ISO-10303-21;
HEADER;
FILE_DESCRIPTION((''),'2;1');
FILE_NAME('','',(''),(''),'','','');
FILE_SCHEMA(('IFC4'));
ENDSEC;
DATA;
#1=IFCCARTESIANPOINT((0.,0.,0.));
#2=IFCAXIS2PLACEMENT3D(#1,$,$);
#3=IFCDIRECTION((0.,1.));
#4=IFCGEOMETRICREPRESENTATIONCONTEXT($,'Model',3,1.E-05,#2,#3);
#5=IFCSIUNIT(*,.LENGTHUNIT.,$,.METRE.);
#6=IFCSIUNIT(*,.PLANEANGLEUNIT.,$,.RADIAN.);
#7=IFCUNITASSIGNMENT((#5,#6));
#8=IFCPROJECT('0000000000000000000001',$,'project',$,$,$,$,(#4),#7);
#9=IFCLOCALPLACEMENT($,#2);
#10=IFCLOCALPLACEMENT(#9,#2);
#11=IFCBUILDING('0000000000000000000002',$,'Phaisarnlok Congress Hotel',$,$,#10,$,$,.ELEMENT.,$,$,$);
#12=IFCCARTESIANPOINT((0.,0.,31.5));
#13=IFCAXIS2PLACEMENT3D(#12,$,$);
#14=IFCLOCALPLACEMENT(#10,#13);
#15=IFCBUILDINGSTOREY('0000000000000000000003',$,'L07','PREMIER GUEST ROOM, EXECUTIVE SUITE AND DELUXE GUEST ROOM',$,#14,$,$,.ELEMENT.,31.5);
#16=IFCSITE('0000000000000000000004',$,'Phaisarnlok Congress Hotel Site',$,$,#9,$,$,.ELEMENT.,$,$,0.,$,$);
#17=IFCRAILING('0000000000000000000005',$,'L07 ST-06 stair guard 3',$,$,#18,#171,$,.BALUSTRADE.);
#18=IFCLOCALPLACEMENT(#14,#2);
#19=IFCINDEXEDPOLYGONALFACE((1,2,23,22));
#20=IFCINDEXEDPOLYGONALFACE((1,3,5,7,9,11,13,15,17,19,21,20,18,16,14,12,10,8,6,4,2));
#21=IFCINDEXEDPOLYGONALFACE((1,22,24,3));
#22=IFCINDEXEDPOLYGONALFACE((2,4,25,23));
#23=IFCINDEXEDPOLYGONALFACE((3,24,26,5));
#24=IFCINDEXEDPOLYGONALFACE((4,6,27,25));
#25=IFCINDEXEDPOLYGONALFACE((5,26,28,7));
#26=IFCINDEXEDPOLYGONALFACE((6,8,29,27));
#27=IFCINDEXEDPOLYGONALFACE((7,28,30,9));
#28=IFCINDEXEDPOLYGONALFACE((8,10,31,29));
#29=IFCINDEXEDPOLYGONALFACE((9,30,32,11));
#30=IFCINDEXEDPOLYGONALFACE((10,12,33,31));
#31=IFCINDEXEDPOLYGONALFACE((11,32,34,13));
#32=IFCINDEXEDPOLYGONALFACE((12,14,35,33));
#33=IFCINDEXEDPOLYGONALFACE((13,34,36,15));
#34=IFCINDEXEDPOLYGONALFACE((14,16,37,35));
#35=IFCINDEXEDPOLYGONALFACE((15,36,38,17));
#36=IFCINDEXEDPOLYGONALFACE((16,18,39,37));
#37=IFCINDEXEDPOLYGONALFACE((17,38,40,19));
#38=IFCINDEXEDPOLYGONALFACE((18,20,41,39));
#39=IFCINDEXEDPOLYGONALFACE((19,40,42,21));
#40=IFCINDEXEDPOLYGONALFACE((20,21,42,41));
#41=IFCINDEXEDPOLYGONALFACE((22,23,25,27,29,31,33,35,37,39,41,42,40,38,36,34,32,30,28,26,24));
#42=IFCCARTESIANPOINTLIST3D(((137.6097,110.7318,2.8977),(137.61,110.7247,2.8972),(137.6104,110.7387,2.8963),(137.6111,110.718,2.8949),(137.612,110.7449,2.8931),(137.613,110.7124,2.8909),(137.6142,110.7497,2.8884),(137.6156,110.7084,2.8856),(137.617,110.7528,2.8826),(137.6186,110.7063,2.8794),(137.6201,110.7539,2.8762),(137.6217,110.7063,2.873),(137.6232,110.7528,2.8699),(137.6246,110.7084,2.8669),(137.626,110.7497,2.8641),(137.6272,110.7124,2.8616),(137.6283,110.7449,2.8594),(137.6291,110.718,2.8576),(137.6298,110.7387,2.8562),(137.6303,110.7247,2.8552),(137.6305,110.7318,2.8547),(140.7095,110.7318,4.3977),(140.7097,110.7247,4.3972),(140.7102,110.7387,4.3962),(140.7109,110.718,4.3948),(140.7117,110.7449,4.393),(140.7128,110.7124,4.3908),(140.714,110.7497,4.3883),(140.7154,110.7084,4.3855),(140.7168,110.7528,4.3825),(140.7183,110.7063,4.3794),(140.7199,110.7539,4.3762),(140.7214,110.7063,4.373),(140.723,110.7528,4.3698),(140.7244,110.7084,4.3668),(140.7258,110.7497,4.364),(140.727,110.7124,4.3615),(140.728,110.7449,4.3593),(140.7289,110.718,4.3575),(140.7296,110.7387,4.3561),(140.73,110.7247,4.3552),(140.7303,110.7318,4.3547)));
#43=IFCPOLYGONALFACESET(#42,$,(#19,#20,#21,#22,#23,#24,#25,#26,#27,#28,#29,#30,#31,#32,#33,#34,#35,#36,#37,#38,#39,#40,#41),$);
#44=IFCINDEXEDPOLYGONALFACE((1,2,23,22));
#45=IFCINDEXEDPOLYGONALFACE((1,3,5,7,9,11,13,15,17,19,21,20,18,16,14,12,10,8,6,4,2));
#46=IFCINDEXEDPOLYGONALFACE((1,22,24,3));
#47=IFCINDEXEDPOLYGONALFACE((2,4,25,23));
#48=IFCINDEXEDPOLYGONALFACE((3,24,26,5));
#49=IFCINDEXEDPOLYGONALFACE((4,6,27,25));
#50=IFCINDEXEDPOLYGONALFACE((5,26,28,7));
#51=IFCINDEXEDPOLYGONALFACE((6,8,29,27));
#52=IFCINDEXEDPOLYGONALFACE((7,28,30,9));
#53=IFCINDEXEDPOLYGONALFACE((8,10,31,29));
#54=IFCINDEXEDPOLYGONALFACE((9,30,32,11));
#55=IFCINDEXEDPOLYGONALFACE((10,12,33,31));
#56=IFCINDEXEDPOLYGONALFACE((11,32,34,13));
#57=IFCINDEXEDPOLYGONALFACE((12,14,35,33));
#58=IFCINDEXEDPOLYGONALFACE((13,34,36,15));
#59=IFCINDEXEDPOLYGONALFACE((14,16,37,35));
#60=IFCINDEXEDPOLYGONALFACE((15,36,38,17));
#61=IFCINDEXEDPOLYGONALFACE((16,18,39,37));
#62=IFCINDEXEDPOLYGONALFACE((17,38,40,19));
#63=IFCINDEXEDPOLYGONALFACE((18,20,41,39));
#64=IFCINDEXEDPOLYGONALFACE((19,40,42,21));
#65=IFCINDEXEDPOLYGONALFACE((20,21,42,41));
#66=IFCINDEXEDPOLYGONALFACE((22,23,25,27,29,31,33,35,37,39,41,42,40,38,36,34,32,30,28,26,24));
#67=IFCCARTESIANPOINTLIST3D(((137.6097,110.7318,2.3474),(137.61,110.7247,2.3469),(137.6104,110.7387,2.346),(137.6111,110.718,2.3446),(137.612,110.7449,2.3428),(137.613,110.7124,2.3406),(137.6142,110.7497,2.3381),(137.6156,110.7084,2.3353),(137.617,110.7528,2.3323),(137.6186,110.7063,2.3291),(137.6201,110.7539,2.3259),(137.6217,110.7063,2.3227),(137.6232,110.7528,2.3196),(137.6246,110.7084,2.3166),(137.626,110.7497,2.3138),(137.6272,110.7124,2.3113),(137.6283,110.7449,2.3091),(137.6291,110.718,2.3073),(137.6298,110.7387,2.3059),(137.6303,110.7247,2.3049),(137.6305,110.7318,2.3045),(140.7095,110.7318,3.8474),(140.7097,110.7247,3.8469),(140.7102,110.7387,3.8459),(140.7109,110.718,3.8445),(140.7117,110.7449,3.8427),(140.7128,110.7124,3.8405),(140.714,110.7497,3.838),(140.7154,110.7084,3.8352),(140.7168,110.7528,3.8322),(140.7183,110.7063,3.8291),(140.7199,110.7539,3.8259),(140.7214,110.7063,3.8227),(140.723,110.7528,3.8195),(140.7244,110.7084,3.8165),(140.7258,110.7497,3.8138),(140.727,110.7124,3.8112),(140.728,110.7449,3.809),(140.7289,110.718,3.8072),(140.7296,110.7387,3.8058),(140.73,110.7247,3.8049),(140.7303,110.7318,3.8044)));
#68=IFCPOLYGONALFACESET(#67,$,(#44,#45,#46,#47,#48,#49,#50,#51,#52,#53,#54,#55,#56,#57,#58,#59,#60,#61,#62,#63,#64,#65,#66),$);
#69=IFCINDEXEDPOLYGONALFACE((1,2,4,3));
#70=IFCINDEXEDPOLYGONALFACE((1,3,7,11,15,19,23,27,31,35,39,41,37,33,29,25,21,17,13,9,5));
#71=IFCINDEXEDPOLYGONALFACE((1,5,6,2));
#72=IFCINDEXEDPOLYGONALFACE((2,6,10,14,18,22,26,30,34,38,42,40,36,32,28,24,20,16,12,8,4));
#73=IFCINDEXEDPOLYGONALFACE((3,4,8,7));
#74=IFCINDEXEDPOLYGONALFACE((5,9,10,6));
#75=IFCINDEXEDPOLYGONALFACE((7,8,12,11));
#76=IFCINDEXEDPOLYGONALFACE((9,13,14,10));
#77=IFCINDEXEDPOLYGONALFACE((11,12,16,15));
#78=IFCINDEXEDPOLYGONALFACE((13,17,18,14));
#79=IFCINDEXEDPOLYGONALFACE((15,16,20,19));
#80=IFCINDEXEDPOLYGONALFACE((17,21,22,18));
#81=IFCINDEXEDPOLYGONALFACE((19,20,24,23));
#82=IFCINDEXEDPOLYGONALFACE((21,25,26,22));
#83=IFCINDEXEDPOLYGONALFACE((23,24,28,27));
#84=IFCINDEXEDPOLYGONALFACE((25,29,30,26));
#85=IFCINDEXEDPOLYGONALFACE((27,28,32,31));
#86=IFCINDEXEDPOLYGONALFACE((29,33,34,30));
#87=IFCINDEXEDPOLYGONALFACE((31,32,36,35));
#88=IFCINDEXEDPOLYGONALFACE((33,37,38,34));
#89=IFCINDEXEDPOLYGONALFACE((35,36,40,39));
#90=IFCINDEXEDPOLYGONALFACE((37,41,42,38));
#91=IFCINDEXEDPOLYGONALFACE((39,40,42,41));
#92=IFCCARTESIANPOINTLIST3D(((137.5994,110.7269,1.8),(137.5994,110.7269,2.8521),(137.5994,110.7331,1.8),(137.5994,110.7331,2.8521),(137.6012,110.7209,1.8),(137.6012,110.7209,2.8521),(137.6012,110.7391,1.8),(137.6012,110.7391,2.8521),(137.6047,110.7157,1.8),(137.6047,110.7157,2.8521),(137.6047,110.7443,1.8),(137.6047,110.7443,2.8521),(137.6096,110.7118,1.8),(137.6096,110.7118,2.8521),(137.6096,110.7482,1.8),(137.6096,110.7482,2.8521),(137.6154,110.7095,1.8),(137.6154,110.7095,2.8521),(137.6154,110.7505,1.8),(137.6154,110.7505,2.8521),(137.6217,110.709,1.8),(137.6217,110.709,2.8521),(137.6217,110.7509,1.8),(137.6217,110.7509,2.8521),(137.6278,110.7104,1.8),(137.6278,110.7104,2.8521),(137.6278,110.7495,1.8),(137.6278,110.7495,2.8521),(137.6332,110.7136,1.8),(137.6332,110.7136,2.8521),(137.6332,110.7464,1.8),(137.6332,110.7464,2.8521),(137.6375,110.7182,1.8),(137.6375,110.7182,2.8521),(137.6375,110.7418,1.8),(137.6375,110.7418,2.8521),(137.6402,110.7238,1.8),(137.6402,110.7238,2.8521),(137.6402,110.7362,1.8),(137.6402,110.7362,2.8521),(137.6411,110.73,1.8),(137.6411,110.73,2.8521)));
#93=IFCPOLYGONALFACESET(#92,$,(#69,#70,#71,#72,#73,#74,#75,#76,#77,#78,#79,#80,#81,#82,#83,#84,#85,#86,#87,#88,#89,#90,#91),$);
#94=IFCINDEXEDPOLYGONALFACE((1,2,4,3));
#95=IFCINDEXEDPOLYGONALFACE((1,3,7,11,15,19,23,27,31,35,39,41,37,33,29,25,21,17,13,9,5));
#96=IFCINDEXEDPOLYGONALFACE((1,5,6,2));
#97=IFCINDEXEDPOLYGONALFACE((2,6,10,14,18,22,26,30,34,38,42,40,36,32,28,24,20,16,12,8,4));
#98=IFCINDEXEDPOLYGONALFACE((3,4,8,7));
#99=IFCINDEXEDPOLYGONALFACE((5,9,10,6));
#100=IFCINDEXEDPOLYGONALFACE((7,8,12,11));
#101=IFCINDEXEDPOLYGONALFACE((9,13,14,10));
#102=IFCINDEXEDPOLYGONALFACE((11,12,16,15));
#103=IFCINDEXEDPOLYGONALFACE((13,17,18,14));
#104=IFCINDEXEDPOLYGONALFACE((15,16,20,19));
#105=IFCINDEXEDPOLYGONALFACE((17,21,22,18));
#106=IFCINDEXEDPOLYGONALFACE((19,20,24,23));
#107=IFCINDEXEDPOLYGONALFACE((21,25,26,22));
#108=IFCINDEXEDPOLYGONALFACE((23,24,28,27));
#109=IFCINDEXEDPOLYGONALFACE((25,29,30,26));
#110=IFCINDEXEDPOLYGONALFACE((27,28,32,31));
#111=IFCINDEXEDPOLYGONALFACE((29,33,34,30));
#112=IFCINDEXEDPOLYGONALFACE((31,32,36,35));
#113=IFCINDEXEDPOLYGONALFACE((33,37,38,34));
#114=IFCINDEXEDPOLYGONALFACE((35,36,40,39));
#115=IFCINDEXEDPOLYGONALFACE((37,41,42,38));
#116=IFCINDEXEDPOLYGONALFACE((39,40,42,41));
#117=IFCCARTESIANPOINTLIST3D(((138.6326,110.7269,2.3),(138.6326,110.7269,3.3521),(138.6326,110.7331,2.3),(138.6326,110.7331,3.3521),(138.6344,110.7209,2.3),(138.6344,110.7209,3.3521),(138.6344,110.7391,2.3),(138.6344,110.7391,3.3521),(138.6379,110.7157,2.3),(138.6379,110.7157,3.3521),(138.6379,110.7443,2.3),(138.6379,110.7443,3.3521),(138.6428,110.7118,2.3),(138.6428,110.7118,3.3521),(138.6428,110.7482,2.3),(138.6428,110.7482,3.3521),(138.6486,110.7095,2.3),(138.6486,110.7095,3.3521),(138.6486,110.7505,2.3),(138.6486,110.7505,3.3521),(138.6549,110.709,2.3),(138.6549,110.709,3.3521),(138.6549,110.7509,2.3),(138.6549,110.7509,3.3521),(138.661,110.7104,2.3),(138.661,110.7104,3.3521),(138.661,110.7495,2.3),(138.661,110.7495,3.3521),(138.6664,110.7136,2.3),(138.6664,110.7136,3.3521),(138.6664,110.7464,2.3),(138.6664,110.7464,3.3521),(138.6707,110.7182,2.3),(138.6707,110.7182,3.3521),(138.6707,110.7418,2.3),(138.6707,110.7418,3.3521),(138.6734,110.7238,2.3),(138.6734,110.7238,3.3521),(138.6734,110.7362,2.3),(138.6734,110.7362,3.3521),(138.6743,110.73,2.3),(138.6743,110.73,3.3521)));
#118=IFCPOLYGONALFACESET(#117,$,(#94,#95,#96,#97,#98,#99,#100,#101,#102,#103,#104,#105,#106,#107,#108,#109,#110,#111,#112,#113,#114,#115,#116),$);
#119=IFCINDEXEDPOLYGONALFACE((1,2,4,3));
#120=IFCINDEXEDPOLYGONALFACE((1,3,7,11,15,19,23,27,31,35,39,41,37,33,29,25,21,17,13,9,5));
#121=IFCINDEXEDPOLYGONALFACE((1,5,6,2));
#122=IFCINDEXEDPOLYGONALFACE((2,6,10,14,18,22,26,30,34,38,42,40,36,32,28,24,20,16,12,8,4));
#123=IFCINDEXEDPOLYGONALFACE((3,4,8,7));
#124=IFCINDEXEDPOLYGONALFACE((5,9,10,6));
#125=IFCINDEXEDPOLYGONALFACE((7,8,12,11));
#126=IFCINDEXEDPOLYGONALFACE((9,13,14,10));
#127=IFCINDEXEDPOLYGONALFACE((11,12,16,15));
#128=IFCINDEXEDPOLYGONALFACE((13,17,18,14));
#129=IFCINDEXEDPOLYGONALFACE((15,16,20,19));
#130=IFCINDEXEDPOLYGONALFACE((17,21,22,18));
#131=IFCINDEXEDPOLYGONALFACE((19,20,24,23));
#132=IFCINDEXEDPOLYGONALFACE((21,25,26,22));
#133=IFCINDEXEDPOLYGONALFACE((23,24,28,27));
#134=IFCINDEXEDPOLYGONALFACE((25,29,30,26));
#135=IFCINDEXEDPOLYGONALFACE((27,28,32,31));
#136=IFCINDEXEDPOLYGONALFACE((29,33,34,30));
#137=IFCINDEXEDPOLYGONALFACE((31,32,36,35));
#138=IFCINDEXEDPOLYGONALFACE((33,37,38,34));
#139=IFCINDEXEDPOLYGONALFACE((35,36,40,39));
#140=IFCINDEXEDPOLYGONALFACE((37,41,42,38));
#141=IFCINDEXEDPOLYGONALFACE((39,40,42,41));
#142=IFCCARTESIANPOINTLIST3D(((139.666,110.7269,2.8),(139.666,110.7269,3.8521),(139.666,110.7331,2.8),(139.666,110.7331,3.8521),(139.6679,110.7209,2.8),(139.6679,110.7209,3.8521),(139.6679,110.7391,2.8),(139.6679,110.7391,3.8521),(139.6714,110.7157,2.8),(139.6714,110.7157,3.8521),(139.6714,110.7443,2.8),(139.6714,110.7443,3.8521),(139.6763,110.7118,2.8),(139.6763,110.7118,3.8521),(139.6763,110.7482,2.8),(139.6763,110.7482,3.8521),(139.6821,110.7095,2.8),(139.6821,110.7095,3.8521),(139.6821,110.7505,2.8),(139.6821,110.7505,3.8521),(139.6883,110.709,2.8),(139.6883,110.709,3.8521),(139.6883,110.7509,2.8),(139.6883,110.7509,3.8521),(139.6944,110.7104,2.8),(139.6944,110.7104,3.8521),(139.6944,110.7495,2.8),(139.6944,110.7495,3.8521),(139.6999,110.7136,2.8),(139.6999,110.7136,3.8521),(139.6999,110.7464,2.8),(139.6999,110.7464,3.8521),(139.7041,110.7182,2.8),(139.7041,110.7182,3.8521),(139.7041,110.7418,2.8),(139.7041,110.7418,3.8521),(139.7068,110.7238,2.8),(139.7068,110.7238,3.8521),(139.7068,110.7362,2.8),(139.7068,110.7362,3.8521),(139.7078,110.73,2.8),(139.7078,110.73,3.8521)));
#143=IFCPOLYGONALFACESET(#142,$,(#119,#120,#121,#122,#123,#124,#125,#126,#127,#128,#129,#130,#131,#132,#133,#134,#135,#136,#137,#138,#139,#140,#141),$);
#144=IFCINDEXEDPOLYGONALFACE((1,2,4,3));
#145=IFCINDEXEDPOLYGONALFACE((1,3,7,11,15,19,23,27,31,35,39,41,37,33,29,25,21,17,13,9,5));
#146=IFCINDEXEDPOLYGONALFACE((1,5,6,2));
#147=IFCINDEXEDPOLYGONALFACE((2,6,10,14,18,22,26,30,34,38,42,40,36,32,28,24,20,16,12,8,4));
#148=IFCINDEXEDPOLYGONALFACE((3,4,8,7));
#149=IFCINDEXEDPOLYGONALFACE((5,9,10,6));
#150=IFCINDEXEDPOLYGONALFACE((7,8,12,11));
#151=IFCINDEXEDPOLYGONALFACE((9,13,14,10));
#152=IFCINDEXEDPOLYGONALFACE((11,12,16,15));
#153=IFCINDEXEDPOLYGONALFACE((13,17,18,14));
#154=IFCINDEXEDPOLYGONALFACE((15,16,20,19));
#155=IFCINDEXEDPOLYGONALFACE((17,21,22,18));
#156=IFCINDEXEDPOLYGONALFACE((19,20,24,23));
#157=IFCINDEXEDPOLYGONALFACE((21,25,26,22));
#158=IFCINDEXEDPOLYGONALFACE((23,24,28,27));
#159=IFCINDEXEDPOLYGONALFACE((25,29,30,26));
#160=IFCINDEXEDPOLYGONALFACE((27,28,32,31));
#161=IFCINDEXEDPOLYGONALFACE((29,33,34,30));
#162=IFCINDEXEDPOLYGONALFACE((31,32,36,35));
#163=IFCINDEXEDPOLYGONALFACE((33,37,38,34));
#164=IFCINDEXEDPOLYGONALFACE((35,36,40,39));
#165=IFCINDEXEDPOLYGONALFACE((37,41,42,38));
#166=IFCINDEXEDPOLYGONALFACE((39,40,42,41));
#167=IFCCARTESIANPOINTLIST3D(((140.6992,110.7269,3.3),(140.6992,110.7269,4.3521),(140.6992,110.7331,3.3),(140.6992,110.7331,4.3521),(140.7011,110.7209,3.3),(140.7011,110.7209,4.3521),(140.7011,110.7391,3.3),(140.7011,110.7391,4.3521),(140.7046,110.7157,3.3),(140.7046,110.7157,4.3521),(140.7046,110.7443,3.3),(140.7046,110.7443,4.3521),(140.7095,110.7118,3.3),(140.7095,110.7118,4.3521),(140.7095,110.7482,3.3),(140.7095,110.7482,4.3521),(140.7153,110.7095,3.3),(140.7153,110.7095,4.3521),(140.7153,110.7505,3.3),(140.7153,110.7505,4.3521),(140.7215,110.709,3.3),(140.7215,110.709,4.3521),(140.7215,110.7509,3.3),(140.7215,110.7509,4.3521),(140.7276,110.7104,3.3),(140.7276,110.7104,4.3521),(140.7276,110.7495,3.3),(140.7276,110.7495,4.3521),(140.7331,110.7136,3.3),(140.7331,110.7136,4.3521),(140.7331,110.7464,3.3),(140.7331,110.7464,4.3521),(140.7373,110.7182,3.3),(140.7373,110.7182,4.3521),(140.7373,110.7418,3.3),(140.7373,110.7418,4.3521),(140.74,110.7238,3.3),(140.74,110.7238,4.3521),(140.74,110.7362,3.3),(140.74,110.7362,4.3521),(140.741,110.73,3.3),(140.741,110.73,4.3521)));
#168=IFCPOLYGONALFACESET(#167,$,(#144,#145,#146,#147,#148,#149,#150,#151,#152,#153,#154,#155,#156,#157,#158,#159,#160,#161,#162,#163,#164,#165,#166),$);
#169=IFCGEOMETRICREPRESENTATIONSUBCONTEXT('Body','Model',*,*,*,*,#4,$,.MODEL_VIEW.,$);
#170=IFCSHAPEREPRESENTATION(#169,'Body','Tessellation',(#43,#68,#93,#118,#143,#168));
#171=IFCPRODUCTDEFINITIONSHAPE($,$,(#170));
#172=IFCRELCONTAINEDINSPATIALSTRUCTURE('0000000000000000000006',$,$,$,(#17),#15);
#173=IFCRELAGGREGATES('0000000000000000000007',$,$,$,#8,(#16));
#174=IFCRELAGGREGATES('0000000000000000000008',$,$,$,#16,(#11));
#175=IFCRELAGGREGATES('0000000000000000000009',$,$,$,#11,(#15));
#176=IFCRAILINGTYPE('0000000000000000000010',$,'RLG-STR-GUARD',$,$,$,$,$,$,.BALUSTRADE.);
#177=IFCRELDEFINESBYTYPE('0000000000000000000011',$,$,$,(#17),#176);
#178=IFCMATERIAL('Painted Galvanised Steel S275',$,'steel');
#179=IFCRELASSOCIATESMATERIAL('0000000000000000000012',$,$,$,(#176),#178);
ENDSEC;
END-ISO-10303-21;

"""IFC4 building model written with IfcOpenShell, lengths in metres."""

from ifc_helpers import new_model, si_unit, direction, frame, origin, origin_2d, place, context, subcontext, project, spatial, circle, extrude, material, type_object, element, save


model = new_model("IFC4")

# Units and contexts
model_context = context("Model", 3, precision=1e-05, world=origin(), true_north=direction((0.0, 1.0)))
body_context = subcontext(model_context, "Body", "Model", "MODEL_VIEW")
ifc_project = project(units=[si_unit("LENGTHUNIT", "METRE"), si_unit("PLANEANGLEUNIT", "RADIAN")], contexts=[model_context])

# Site, building, storey
site_placement = place(None, origin())
site = spatial("IfcSite", under=ifc_project, at=site_placement, Name="Phaisarnlok Congress Hotel Site", CompositionType="ELEMENT", RefElevation=0.0)
building_placement = place(site_placement, origin())
building = spatial("IfcBuilding", under=site, at=building_placement, Name="Phaisarnlok Congress Hotel", CompositionType="ELEMENT")
storey_placement = place(building_placement, frame((0.0, 0.0, 31.5)))
storey = spatial("IfcBuildingStorey", under=building, at=storey_placement, Name="L07", Description="PREMIER GUEST ROOM, EXECUTIVE SUITE AND DELUXE GUEST ROOM", CompositionType="ELEMENT", Elevation=31.5)

# Railing
ifc_material_1 = material(Name="Painted Galvanised Steel S275", Category="steel")
railing_type_1 = type_object("IfcRailingType", Name="RLG-STR-GUARD", PredefinedType="BALUSTRADE", material=ifc_material_1)
railing_1_placement = place(storey_placement, frame((137.6201, 110.73, 1.8)))
element("IfcRailing", 1, at=railing_1_placement, inside=storey, type_object=railing_type_1, Name="L07 ST-06 stair guard 3", PredefinedType="BALUSTRADE", context=body_context, shape_type="SweptSolid", body=[
    extrude(circle(Radius=0.0239, at=origin_2d()), frame((0.0, 0.0, 1.0762), z_axis=(0.900151, 0.0, 0.435578), x_axis=(0.0, 1.0, 0.0)), (0.0, 0.0, 1.0), 3.4436),
    extrude(circle(Radius=0.0239, at=origin_2d()), frame((0.0, 0.0, 0.5259), z_axis=(0.900151, 0.0, 0.435578), x_axis=(0.0, 1.0, 0.0)), (0.0, 0.0, 1.0), 3.4436),
    extrude(circle(Radius=0.021, at=origin_2d()), origin(), (0.0, 0.0, 1.0), 1.052),
    extrude(circle(Radius=0.021, at=origin_2d()), frame((1.0332, 0.0, 0.5)), (0.0, 0.0, 1.0), 1.052),
    extrude(circle(Radius=0.021, at=origin_2d()), frame((2.0667, 0.0, 1.0)), (0.0, 0.0, 1.0), 1.052),
    extrude(circle(Radius=0.021, at=origin_2d()), frame((3.0999, 0.0, 1.5)), (0.0, 0.0, 1.0), 1.052),
])

save(model, "model.ifc")
